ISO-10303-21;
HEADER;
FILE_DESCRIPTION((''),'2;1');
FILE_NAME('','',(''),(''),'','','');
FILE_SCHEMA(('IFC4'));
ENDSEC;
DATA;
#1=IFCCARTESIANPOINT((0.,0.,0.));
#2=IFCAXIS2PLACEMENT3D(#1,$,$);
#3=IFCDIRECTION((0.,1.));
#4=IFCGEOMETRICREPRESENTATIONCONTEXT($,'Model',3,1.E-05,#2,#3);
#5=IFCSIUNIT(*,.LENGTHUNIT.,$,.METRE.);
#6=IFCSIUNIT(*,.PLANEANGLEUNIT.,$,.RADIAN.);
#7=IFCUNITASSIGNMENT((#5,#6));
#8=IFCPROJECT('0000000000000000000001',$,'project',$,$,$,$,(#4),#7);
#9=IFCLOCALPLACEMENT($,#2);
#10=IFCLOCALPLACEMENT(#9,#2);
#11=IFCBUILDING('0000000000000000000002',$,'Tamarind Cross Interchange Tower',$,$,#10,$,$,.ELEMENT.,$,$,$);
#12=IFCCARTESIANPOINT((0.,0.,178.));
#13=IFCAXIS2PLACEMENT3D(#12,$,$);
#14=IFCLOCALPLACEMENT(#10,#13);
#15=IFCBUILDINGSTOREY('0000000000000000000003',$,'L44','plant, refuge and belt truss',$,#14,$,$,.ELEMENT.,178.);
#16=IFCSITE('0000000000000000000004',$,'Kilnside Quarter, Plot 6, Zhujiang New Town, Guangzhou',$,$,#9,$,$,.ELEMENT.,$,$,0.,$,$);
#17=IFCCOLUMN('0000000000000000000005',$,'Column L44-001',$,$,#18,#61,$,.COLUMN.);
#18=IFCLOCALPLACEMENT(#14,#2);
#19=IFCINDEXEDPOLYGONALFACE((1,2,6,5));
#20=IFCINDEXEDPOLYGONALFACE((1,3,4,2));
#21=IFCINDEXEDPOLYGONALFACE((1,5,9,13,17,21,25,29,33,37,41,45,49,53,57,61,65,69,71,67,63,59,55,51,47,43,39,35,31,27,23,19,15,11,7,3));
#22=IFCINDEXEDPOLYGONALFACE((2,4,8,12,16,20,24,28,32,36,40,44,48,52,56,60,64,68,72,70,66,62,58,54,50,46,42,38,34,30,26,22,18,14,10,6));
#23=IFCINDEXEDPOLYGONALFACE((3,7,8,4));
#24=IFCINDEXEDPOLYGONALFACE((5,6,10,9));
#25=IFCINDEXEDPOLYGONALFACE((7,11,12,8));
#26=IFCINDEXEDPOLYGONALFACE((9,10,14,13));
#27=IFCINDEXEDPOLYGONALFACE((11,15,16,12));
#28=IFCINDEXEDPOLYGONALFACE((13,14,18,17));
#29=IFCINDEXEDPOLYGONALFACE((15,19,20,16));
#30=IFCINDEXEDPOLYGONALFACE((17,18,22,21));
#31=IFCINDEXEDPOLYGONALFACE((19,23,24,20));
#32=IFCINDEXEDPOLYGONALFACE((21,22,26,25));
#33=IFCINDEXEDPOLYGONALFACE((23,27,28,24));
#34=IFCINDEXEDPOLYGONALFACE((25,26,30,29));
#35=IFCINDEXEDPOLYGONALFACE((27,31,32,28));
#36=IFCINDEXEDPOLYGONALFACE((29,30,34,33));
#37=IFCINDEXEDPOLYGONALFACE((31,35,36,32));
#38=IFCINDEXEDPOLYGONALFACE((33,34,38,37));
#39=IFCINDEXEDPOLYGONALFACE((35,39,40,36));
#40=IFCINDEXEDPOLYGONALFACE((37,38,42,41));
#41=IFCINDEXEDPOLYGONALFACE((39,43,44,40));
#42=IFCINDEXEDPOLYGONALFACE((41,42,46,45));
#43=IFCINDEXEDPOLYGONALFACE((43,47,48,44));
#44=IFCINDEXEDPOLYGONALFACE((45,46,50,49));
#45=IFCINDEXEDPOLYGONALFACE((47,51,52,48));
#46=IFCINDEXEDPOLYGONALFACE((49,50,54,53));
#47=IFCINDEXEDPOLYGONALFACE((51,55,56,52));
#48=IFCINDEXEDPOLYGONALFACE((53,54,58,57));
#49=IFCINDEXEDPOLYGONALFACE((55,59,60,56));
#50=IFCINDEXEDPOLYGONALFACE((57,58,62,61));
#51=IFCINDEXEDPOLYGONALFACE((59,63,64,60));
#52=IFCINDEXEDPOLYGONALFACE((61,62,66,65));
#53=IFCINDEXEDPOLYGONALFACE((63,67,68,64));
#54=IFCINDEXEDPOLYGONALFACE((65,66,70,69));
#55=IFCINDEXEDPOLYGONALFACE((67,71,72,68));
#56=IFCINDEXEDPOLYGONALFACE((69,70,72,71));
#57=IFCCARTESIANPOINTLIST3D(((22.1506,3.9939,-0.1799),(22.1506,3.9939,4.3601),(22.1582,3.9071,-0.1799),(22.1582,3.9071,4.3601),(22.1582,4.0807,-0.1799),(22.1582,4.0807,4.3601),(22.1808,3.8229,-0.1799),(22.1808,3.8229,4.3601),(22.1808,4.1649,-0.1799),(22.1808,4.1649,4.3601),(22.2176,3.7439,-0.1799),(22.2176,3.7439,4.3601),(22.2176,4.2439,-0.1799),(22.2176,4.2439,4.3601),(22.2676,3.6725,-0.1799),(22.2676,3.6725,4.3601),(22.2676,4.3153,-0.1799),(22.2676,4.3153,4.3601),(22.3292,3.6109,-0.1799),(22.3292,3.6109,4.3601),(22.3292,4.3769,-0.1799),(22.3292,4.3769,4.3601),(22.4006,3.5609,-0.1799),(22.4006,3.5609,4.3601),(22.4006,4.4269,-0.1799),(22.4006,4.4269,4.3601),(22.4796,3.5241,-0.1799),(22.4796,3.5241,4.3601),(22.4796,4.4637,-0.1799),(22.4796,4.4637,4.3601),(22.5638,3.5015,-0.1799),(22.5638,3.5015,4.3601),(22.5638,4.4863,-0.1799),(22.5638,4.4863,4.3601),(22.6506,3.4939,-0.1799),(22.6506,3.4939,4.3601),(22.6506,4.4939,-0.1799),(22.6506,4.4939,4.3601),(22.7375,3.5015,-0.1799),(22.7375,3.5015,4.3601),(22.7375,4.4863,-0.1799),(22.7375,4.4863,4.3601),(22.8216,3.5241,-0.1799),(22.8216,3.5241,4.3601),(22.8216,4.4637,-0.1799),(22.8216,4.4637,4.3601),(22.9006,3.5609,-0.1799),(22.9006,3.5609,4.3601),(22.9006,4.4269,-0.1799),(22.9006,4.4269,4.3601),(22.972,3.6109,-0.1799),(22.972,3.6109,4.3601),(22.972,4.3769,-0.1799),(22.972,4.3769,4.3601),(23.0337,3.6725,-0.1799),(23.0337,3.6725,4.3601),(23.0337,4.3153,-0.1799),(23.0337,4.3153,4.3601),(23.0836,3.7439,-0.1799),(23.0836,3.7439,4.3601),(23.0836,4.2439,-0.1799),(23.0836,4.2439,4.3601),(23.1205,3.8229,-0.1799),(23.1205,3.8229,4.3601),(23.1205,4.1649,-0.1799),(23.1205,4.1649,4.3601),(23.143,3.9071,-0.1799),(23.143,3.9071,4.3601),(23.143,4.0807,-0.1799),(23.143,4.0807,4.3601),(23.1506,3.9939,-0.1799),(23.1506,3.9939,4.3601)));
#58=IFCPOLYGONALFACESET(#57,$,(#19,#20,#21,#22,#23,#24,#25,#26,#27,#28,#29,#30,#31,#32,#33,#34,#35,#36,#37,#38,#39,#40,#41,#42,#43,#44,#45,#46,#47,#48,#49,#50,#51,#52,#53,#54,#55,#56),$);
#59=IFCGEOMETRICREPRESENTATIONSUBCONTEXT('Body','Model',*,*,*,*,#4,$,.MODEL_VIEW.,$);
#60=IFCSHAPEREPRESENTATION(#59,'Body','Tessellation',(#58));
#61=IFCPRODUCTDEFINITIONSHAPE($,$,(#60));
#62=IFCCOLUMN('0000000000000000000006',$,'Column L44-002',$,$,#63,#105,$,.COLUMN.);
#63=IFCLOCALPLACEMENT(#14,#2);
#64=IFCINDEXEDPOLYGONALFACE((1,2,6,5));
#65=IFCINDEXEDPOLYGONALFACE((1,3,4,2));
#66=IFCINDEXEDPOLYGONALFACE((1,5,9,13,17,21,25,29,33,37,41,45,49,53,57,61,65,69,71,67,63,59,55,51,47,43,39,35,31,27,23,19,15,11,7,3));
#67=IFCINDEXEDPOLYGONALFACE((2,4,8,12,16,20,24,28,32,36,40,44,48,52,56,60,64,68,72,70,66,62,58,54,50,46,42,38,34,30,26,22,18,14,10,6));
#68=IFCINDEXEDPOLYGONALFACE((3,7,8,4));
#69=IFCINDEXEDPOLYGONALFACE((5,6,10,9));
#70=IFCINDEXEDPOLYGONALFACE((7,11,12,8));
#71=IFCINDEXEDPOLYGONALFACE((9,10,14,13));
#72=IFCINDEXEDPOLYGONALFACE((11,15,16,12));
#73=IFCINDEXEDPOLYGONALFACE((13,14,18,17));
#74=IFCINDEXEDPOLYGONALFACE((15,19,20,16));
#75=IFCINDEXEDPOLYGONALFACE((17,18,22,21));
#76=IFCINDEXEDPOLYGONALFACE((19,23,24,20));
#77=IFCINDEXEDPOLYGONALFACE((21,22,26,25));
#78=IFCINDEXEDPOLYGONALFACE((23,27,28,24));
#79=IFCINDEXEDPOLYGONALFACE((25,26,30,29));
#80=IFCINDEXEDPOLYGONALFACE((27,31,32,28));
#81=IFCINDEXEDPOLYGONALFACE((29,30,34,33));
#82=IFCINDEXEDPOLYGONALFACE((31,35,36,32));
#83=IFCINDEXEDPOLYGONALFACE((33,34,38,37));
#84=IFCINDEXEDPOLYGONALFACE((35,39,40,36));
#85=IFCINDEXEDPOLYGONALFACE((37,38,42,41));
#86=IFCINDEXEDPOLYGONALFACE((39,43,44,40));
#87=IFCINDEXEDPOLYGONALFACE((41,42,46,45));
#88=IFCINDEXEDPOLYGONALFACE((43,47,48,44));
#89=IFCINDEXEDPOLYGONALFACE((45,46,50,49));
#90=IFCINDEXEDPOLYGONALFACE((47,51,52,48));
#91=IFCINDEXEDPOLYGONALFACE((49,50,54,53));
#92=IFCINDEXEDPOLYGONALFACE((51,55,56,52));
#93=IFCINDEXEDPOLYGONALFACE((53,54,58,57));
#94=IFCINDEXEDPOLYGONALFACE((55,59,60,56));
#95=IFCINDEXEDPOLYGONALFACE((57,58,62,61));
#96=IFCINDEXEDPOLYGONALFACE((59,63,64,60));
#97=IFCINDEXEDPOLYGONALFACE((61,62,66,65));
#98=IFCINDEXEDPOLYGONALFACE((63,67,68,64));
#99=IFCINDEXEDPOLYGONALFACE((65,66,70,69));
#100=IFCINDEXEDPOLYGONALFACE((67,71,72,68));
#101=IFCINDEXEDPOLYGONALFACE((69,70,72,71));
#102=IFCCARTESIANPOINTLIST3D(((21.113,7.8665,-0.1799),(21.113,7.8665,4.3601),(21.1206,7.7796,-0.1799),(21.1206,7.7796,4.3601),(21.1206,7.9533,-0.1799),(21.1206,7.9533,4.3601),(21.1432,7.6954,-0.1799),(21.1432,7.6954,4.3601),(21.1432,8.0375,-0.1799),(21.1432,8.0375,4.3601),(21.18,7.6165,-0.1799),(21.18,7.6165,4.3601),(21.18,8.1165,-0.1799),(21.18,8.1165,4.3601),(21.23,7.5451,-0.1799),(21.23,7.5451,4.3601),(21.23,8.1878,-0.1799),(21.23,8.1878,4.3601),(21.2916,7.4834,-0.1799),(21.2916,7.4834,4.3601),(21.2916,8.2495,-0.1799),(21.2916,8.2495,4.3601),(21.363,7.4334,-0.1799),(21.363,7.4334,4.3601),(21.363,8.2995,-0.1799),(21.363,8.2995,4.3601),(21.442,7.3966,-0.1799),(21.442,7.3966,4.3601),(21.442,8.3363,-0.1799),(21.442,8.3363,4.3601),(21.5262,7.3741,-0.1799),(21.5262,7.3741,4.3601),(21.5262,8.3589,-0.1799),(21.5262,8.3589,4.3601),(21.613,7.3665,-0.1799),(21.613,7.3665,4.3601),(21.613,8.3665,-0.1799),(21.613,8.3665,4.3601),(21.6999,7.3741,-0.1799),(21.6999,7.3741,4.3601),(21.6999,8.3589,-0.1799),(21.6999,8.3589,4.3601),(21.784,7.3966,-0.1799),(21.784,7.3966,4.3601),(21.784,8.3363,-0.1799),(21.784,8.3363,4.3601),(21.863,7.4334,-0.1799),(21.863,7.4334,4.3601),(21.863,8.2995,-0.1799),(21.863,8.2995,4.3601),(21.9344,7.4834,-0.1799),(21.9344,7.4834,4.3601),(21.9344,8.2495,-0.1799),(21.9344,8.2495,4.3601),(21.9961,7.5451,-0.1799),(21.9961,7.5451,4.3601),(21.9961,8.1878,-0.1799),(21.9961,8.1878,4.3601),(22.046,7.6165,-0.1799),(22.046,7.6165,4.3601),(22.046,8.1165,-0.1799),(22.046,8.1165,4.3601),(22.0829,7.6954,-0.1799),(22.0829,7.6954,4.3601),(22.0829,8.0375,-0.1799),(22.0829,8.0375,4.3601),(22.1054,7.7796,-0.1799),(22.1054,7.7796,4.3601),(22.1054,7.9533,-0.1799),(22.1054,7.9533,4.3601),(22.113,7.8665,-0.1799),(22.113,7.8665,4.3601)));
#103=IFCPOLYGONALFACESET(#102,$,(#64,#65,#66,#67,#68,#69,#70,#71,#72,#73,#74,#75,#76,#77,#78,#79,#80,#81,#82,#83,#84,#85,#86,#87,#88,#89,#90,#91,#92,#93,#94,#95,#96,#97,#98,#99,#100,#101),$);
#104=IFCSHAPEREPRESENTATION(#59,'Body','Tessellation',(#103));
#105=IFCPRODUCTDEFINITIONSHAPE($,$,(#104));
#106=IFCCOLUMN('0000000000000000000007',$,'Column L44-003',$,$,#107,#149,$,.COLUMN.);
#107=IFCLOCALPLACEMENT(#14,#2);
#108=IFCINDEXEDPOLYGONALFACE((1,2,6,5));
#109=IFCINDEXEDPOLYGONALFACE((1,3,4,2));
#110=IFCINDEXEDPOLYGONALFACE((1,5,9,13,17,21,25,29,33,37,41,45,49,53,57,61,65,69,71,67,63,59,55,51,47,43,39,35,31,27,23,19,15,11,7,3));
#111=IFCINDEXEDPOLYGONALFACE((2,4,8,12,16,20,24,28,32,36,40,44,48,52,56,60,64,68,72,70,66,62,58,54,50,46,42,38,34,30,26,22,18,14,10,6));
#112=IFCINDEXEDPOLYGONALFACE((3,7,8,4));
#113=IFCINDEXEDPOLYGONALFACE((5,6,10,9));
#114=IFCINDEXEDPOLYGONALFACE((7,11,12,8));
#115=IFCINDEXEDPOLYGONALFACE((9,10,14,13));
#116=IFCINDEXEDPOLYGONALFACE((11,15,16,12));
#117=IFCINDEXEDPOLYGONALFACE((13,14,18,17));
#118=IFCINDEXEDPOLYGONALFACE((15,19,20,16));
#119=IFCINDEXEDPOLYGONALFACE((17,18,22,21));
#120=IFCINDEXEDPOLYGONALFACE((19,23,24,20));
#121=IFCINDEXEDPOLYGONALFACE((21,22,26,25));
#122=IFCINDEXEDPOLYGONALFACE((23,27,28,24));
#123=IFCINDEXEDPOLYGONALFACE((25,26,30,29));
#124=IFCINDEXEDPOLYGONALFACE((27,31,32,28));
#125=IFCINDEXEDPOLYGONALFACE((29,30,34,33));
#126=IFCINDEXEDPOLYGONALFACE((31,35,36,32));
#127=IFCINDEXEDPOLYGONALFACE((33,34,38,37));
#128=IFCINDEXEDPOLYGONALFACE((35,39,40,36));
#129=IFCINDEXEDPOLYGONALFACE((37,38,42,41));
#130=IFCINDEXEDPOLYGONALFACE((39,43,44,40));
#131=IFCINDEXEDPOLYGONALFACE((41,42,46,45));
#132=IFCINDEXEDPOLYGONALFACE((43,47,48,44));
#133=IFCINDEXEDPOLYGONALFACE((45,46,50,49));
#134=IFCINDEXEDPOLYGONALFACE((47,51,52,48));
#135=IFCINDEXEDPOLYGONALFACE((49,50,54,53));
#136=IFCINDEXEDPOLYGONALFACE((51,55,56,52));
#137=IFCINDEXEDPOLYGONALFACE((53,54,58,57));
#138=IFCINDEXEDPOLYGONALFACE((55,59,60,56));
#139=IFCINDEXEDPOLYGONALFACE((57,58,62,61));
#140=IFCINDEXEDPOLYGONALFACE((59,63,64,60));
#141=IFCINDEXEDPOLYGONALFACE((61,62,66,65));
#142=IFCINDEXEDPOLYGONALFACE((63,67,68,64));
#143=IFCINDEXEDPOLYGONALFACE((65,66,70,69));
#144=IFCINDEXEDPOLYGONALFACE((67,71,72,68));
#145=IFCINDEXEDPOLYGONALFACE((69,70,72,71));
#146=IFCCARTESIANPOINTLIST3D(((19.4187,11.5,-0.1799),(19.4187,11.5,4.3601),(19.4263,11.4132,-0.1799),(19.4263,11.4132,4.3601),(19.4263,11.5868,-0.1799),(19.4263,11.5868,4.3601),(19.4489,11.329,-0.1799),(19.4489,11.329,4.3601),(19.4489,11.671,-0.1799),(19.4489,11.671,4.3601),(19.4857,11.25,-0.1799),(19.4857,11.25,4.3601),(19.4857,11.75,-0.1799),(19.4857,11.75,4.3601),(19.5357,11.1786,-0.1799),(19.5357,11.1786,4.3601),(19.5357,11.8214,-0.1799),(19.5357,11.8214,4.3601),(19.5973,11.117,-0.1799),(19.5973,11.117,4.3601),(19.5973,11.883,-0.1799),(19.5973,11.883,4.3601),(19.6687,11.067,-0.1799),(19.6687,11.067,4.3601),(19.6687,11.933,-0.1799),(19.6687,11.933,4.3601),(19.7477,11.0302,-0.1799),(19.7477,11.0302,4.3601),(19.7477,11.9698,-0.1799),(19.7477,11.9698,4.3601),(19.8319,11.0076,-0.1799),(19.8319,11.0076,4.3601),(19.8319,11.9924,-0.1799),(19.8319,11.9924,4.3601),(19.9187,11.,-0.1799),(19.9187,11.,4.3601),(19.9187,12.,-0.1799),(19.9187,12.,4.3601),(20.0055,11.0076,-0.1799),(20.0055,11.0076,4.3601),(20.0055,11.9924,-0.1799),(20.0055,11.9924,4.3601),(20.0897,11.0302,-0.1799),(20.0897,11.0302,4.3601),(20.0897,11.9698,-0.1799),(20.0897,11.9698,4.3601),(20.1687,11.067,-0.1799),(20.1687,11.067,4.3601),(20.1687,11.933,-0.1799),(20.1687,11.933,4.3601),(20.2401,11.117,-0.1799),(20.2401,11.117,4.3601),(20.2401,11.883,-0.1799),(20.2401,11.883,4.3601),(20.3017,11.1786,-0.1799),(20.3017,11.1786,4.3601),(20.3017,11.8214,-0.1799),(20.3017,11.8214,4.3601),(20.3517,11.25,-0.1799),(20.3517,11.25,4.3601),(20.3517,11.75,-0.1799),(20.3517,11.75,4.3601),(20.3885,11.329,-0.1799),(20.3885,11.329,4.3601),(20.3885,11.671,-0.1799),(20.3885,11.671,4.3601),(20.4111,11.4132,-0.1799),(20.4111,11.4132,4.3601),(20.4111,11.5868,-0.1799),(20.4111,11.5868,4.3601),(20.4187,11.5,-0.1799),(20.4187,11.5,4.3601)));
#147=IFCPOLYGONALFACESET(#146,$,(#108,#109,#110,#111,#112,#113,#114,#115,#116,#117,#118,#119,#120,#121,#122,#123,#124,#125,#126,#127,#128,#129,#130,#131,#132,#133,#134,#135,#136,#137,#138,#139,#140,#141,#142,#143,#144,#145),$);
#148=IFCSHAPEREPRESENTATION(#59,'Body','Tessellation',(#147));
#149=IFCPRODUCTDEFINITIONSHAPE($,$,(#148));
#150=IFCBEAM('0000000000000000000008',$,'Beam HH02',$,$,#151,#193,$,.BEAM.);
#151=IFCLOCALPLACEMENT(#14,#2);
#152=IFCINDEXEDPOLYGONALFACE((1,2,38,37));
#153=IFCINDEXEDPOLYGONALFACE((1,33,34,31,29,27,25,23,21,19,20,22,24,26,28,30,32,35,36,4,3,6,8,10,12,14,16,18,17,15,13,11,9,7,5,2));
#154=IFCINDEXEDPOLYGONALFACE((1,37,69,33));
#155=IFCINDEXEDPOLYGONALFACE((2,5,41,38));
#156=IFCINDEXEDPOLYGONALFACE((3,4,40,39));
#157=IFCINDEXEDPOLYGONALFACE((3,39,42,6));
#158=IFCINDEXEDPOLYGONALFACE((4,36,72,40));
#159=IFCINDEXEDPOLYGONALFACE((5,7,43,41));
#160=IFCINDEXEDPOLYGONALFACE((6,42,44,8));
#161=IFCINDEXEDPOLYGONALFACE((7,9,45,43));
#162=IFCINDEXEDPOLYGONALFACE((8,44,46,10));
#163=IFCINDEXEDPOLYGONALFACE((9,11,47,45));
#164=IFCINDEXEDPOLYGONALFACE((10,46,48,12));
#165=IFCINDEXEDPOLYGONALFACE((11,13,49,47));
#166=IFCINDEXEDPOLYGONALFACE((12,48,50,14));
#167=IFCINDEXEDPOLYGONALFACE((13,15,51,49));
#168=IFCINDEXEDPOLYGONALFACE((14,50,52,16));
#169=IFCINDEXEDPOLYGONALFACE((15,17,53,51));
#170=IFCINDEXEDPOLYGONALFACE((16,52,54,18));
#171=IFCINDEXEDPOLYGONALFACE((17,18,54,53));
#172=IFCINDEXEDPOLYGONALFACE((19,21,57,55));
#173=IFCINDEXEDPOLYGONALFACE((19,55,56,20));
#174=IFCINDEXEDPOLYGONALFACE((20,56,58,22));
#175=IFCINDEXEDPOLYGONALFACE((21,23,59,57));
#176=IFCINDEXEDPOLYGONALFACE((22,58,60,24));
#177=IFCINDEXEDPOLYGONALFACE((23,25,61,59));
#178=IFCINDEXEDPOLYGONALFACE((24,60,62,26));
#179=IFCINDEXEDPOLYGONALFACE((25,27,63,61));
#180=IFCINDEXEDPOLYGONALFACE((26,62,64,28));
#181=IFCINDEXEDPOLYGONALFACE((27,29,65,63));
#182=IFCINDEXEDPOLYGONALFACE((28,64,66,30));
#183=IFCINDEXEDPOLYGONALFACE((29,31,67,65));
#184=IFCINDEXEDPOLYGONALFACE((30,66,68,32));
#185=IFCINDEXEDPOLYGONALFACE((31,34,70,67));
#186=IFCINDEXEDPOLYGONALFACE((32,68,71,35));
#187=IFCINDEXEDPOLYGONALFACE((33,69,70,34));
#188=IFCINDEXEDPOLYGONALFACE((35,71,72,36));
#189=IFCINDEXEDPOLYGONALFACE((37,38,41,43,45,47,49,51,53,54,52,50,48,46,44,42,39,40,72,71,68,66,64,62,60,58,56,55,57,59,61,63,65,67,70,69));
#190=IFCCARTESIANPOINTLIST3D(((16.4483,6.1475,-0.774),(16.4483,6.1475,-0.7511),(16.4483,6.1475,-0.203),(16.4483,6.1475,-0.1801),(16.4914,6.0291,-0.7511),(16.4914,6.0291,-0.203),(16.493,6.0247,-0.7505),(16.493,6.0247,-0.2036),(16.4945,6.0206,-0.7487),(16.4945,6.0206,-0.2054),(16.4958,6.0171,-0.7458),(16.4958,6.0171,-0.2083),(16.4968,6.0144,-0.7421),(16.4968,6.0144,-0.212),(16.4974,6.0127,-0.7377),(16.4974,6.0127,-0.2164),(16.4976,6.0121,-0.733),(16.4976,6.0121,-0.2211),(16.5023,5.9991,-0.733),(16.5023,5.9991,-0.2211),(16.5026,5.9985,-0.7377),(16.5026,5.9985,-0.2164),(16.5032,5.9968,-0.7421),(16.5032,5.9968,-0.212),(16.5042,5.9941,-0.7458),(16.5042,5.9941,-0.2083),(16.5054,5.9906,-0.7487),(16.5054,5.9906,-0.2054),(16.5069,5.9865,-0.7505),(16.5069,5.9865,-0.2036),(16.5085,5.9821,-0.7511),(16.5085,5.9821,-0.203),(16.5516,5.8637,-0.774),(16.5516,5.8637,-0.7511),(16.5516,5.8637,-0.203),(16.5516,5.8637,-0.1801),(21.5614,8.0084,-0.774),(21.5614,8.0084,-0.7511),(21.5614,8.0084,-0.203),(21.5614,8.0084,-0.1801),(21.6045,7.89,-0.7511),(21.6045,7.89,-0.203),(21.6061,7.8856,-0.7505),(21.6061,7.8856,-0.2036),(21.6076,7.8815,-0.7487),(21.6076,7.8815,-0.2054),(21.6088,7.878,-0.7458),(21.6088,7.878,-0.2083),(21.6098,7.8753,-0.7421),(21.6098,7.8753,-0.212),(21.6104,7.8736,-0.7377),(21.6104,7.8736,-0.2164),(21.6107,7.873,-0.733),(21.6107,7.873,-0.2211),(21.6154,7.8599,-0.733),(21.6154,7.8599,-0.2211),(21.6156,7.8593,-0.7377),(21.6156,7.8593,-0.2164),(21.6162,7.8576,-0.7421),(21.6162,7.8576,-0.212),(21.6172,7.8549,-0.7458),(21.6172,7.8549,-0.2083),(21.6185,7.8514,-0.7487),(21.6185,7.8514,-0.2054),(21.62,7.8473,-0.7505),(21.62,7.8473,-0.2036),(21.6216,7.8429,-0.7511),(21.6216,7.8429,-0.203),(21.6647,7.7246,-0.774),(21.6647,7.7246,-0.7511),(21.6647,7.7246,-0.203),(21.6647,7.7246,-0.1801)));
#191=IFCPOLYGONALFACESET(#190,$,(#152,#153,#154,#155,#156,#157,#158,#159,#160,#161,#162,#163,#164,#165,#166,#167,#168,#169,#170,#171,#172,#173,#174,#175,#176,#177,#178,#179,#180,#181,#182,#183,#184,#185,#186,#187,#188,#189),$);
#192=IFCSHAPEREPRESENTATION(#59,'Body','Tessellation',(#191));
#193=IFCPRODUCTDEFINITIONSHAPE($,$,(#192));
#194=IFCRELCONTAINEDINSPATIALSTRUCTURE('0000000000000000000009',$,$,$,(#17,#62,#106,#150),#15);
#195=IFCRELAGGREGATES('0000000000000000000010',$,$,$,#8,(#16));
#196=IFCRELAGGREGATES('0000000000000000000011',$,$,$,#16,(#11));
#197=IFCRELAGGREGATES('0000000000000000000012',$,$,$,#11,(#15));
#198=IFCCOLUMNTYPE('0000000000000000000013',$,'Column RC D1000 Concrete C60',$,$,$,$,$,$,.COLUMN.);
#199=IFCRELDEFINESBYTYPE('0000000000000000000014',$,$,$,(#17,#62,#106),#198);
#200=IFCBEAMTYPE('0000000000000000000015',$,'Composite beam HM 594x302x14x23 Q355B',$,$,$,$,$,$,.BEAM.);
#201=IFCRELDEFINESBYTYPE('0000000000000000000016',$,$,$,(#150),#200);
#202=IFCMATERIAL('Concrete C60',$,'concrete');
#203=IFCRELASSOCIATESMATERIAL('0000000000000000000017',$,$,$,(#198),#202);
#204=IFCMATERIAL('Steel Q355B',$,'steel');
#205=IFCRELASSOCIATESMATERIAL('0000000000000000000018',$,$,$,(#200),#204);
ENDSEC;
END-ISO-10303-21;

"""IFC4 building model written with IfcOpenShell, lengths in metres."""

from ifc_helpers import new_model, si_unit, direction, frame, origin, origin_2d, place, context, subcontext, project, spatial, circle, i_section, extrude, material, material_profile, profile_set, type_object, element, save


model = new_model("IFC4")

# Units and contexts
model_context = context("Model", 3, precision=1e-05, world=origin(), true_north=direction((0.0, 1.0)))
body_context = subcontext(model_context, "Body", "Model", "MODEL_VIEW")
ifc_project = project(units=[si_unit("LENGTHUNIT", "METRE"), si_unit("PLANEANGLEUNIT", "RADIAN")], contexts=[model_context])

# Site, building, storey
site_placement = place(None, origin())
site = spatial("IfcSite", under=ifc_project, at=site_placement, Name="Kilnside Quarter, Plot 6, Zhujiang New Town, Guangzhou", CompositionType="ELEMENT", RefElevation=0.0)
building_placement = place(site_placement, origin())
building = spatial("IfcBuilding", under=site, at=building_placement, Name="Tamarind Cross Interchange Tower", CompositionType="ELEMENT")
storey_placement = place(building_placement, frame((0.0, 0.0, 178.0)))
storey = spatial("IfcBuildingStorey", under=building, at=storey_placement, Name="L44", Description="plant, refuge and belt truss", CompositionType="ELEMENT", Elevation=178.0)

# Columns
ifc_material_1 = material(Name="Concrete C60", Category="concrete")
ifc_material_profile_1 = material_profile(ifc_material_1, circle(Radius=0.5, at=origin_2d()), Name="RC D1000")
ifc_profile_set_1 = profile_set([ifc_material_profile_1], Name="Concrete C60")
column_type = type_object("IfcColumnType", Name="Column RC D1000 Concrete C60", PredefinedType="COLUMN", material=ifc_profile_set_1)
for number, where, z_axis, x_axis, name in (
    (1, (22.6506, 3.9939, -0.1799), (0.0, 0.0, 1.0), (1.0, 0.0, 0.0), "Column L44-001"),
    (2, (21.613, 7.8665, -0.1799), (0.0, 0.0, 1.0), (1.0, 0.0, 0.0), "Column L44-002"),
    (3, (19.9187, 11.5, -0.1799), (0.0, 0.0, 1.0), (1.0, 0.0, 0.0), "Column L44-003"),
):
    element("IfcColumn", number, at=place(storey_placement, frame(where, z_axis=z_axis, x_axis=x_axis)), inside=storey, type_object=column_type, Name=name, PredefinedType="COLUMN", context=body_context, shape_type="SweptSolid", body=[
        extrude(circle(Radius=0.5, at=origin_2d()), origin(), (0.0, 0.0, 1.0), 4.54),
    ])

# Beam
ifc_material_2 = material(Name="Steel Q355B", Category="steel")
ifc_material_profile_2 = material_profile(ifc_material_2, i_section(OverallWidth=0.302, OverallDepth=0.594, WebThickness=0.0139, FlangeThickness=0.0229, FilletRadius=0.0181, at=origin_2d()), Name="HM 594x302x14x23")
ifc_profile_set_2 = profile_set([ifc_material_profile_2], Name="Steel Q355B")
beam_type = type_object("IfcBeamType", Name="Composite beam HM 594x302x14x23 Q355B", PredefinedType="BEAM", material=ifc_profile_set_2)
beam_1_placement = place(storey_placement, frame((21.613, 7.8665, -0.4771), z_axis=(-0.939702, -0.341995, 0.0), x_axis=(0.341995, -0.939702, 0.0)))
element("IfcBeam", 4, at=beam_1_placement, inside=storey, type_object=beam_type, Name="Beam HH02", PredefinedType="BEAM", context=body_context, shape_type="SweptSolid", body=[
    extrude(i_section(OverallWidth=0.302, OverallDepth=0.594, WebThickness=0.0139, FlangeThickness=0.0229, FilletRadius=0.0181, at=origin_2d()), origin(), (0.0, 0.0, 1.0), 5.4412),
])

save(model, "model.ifc")
